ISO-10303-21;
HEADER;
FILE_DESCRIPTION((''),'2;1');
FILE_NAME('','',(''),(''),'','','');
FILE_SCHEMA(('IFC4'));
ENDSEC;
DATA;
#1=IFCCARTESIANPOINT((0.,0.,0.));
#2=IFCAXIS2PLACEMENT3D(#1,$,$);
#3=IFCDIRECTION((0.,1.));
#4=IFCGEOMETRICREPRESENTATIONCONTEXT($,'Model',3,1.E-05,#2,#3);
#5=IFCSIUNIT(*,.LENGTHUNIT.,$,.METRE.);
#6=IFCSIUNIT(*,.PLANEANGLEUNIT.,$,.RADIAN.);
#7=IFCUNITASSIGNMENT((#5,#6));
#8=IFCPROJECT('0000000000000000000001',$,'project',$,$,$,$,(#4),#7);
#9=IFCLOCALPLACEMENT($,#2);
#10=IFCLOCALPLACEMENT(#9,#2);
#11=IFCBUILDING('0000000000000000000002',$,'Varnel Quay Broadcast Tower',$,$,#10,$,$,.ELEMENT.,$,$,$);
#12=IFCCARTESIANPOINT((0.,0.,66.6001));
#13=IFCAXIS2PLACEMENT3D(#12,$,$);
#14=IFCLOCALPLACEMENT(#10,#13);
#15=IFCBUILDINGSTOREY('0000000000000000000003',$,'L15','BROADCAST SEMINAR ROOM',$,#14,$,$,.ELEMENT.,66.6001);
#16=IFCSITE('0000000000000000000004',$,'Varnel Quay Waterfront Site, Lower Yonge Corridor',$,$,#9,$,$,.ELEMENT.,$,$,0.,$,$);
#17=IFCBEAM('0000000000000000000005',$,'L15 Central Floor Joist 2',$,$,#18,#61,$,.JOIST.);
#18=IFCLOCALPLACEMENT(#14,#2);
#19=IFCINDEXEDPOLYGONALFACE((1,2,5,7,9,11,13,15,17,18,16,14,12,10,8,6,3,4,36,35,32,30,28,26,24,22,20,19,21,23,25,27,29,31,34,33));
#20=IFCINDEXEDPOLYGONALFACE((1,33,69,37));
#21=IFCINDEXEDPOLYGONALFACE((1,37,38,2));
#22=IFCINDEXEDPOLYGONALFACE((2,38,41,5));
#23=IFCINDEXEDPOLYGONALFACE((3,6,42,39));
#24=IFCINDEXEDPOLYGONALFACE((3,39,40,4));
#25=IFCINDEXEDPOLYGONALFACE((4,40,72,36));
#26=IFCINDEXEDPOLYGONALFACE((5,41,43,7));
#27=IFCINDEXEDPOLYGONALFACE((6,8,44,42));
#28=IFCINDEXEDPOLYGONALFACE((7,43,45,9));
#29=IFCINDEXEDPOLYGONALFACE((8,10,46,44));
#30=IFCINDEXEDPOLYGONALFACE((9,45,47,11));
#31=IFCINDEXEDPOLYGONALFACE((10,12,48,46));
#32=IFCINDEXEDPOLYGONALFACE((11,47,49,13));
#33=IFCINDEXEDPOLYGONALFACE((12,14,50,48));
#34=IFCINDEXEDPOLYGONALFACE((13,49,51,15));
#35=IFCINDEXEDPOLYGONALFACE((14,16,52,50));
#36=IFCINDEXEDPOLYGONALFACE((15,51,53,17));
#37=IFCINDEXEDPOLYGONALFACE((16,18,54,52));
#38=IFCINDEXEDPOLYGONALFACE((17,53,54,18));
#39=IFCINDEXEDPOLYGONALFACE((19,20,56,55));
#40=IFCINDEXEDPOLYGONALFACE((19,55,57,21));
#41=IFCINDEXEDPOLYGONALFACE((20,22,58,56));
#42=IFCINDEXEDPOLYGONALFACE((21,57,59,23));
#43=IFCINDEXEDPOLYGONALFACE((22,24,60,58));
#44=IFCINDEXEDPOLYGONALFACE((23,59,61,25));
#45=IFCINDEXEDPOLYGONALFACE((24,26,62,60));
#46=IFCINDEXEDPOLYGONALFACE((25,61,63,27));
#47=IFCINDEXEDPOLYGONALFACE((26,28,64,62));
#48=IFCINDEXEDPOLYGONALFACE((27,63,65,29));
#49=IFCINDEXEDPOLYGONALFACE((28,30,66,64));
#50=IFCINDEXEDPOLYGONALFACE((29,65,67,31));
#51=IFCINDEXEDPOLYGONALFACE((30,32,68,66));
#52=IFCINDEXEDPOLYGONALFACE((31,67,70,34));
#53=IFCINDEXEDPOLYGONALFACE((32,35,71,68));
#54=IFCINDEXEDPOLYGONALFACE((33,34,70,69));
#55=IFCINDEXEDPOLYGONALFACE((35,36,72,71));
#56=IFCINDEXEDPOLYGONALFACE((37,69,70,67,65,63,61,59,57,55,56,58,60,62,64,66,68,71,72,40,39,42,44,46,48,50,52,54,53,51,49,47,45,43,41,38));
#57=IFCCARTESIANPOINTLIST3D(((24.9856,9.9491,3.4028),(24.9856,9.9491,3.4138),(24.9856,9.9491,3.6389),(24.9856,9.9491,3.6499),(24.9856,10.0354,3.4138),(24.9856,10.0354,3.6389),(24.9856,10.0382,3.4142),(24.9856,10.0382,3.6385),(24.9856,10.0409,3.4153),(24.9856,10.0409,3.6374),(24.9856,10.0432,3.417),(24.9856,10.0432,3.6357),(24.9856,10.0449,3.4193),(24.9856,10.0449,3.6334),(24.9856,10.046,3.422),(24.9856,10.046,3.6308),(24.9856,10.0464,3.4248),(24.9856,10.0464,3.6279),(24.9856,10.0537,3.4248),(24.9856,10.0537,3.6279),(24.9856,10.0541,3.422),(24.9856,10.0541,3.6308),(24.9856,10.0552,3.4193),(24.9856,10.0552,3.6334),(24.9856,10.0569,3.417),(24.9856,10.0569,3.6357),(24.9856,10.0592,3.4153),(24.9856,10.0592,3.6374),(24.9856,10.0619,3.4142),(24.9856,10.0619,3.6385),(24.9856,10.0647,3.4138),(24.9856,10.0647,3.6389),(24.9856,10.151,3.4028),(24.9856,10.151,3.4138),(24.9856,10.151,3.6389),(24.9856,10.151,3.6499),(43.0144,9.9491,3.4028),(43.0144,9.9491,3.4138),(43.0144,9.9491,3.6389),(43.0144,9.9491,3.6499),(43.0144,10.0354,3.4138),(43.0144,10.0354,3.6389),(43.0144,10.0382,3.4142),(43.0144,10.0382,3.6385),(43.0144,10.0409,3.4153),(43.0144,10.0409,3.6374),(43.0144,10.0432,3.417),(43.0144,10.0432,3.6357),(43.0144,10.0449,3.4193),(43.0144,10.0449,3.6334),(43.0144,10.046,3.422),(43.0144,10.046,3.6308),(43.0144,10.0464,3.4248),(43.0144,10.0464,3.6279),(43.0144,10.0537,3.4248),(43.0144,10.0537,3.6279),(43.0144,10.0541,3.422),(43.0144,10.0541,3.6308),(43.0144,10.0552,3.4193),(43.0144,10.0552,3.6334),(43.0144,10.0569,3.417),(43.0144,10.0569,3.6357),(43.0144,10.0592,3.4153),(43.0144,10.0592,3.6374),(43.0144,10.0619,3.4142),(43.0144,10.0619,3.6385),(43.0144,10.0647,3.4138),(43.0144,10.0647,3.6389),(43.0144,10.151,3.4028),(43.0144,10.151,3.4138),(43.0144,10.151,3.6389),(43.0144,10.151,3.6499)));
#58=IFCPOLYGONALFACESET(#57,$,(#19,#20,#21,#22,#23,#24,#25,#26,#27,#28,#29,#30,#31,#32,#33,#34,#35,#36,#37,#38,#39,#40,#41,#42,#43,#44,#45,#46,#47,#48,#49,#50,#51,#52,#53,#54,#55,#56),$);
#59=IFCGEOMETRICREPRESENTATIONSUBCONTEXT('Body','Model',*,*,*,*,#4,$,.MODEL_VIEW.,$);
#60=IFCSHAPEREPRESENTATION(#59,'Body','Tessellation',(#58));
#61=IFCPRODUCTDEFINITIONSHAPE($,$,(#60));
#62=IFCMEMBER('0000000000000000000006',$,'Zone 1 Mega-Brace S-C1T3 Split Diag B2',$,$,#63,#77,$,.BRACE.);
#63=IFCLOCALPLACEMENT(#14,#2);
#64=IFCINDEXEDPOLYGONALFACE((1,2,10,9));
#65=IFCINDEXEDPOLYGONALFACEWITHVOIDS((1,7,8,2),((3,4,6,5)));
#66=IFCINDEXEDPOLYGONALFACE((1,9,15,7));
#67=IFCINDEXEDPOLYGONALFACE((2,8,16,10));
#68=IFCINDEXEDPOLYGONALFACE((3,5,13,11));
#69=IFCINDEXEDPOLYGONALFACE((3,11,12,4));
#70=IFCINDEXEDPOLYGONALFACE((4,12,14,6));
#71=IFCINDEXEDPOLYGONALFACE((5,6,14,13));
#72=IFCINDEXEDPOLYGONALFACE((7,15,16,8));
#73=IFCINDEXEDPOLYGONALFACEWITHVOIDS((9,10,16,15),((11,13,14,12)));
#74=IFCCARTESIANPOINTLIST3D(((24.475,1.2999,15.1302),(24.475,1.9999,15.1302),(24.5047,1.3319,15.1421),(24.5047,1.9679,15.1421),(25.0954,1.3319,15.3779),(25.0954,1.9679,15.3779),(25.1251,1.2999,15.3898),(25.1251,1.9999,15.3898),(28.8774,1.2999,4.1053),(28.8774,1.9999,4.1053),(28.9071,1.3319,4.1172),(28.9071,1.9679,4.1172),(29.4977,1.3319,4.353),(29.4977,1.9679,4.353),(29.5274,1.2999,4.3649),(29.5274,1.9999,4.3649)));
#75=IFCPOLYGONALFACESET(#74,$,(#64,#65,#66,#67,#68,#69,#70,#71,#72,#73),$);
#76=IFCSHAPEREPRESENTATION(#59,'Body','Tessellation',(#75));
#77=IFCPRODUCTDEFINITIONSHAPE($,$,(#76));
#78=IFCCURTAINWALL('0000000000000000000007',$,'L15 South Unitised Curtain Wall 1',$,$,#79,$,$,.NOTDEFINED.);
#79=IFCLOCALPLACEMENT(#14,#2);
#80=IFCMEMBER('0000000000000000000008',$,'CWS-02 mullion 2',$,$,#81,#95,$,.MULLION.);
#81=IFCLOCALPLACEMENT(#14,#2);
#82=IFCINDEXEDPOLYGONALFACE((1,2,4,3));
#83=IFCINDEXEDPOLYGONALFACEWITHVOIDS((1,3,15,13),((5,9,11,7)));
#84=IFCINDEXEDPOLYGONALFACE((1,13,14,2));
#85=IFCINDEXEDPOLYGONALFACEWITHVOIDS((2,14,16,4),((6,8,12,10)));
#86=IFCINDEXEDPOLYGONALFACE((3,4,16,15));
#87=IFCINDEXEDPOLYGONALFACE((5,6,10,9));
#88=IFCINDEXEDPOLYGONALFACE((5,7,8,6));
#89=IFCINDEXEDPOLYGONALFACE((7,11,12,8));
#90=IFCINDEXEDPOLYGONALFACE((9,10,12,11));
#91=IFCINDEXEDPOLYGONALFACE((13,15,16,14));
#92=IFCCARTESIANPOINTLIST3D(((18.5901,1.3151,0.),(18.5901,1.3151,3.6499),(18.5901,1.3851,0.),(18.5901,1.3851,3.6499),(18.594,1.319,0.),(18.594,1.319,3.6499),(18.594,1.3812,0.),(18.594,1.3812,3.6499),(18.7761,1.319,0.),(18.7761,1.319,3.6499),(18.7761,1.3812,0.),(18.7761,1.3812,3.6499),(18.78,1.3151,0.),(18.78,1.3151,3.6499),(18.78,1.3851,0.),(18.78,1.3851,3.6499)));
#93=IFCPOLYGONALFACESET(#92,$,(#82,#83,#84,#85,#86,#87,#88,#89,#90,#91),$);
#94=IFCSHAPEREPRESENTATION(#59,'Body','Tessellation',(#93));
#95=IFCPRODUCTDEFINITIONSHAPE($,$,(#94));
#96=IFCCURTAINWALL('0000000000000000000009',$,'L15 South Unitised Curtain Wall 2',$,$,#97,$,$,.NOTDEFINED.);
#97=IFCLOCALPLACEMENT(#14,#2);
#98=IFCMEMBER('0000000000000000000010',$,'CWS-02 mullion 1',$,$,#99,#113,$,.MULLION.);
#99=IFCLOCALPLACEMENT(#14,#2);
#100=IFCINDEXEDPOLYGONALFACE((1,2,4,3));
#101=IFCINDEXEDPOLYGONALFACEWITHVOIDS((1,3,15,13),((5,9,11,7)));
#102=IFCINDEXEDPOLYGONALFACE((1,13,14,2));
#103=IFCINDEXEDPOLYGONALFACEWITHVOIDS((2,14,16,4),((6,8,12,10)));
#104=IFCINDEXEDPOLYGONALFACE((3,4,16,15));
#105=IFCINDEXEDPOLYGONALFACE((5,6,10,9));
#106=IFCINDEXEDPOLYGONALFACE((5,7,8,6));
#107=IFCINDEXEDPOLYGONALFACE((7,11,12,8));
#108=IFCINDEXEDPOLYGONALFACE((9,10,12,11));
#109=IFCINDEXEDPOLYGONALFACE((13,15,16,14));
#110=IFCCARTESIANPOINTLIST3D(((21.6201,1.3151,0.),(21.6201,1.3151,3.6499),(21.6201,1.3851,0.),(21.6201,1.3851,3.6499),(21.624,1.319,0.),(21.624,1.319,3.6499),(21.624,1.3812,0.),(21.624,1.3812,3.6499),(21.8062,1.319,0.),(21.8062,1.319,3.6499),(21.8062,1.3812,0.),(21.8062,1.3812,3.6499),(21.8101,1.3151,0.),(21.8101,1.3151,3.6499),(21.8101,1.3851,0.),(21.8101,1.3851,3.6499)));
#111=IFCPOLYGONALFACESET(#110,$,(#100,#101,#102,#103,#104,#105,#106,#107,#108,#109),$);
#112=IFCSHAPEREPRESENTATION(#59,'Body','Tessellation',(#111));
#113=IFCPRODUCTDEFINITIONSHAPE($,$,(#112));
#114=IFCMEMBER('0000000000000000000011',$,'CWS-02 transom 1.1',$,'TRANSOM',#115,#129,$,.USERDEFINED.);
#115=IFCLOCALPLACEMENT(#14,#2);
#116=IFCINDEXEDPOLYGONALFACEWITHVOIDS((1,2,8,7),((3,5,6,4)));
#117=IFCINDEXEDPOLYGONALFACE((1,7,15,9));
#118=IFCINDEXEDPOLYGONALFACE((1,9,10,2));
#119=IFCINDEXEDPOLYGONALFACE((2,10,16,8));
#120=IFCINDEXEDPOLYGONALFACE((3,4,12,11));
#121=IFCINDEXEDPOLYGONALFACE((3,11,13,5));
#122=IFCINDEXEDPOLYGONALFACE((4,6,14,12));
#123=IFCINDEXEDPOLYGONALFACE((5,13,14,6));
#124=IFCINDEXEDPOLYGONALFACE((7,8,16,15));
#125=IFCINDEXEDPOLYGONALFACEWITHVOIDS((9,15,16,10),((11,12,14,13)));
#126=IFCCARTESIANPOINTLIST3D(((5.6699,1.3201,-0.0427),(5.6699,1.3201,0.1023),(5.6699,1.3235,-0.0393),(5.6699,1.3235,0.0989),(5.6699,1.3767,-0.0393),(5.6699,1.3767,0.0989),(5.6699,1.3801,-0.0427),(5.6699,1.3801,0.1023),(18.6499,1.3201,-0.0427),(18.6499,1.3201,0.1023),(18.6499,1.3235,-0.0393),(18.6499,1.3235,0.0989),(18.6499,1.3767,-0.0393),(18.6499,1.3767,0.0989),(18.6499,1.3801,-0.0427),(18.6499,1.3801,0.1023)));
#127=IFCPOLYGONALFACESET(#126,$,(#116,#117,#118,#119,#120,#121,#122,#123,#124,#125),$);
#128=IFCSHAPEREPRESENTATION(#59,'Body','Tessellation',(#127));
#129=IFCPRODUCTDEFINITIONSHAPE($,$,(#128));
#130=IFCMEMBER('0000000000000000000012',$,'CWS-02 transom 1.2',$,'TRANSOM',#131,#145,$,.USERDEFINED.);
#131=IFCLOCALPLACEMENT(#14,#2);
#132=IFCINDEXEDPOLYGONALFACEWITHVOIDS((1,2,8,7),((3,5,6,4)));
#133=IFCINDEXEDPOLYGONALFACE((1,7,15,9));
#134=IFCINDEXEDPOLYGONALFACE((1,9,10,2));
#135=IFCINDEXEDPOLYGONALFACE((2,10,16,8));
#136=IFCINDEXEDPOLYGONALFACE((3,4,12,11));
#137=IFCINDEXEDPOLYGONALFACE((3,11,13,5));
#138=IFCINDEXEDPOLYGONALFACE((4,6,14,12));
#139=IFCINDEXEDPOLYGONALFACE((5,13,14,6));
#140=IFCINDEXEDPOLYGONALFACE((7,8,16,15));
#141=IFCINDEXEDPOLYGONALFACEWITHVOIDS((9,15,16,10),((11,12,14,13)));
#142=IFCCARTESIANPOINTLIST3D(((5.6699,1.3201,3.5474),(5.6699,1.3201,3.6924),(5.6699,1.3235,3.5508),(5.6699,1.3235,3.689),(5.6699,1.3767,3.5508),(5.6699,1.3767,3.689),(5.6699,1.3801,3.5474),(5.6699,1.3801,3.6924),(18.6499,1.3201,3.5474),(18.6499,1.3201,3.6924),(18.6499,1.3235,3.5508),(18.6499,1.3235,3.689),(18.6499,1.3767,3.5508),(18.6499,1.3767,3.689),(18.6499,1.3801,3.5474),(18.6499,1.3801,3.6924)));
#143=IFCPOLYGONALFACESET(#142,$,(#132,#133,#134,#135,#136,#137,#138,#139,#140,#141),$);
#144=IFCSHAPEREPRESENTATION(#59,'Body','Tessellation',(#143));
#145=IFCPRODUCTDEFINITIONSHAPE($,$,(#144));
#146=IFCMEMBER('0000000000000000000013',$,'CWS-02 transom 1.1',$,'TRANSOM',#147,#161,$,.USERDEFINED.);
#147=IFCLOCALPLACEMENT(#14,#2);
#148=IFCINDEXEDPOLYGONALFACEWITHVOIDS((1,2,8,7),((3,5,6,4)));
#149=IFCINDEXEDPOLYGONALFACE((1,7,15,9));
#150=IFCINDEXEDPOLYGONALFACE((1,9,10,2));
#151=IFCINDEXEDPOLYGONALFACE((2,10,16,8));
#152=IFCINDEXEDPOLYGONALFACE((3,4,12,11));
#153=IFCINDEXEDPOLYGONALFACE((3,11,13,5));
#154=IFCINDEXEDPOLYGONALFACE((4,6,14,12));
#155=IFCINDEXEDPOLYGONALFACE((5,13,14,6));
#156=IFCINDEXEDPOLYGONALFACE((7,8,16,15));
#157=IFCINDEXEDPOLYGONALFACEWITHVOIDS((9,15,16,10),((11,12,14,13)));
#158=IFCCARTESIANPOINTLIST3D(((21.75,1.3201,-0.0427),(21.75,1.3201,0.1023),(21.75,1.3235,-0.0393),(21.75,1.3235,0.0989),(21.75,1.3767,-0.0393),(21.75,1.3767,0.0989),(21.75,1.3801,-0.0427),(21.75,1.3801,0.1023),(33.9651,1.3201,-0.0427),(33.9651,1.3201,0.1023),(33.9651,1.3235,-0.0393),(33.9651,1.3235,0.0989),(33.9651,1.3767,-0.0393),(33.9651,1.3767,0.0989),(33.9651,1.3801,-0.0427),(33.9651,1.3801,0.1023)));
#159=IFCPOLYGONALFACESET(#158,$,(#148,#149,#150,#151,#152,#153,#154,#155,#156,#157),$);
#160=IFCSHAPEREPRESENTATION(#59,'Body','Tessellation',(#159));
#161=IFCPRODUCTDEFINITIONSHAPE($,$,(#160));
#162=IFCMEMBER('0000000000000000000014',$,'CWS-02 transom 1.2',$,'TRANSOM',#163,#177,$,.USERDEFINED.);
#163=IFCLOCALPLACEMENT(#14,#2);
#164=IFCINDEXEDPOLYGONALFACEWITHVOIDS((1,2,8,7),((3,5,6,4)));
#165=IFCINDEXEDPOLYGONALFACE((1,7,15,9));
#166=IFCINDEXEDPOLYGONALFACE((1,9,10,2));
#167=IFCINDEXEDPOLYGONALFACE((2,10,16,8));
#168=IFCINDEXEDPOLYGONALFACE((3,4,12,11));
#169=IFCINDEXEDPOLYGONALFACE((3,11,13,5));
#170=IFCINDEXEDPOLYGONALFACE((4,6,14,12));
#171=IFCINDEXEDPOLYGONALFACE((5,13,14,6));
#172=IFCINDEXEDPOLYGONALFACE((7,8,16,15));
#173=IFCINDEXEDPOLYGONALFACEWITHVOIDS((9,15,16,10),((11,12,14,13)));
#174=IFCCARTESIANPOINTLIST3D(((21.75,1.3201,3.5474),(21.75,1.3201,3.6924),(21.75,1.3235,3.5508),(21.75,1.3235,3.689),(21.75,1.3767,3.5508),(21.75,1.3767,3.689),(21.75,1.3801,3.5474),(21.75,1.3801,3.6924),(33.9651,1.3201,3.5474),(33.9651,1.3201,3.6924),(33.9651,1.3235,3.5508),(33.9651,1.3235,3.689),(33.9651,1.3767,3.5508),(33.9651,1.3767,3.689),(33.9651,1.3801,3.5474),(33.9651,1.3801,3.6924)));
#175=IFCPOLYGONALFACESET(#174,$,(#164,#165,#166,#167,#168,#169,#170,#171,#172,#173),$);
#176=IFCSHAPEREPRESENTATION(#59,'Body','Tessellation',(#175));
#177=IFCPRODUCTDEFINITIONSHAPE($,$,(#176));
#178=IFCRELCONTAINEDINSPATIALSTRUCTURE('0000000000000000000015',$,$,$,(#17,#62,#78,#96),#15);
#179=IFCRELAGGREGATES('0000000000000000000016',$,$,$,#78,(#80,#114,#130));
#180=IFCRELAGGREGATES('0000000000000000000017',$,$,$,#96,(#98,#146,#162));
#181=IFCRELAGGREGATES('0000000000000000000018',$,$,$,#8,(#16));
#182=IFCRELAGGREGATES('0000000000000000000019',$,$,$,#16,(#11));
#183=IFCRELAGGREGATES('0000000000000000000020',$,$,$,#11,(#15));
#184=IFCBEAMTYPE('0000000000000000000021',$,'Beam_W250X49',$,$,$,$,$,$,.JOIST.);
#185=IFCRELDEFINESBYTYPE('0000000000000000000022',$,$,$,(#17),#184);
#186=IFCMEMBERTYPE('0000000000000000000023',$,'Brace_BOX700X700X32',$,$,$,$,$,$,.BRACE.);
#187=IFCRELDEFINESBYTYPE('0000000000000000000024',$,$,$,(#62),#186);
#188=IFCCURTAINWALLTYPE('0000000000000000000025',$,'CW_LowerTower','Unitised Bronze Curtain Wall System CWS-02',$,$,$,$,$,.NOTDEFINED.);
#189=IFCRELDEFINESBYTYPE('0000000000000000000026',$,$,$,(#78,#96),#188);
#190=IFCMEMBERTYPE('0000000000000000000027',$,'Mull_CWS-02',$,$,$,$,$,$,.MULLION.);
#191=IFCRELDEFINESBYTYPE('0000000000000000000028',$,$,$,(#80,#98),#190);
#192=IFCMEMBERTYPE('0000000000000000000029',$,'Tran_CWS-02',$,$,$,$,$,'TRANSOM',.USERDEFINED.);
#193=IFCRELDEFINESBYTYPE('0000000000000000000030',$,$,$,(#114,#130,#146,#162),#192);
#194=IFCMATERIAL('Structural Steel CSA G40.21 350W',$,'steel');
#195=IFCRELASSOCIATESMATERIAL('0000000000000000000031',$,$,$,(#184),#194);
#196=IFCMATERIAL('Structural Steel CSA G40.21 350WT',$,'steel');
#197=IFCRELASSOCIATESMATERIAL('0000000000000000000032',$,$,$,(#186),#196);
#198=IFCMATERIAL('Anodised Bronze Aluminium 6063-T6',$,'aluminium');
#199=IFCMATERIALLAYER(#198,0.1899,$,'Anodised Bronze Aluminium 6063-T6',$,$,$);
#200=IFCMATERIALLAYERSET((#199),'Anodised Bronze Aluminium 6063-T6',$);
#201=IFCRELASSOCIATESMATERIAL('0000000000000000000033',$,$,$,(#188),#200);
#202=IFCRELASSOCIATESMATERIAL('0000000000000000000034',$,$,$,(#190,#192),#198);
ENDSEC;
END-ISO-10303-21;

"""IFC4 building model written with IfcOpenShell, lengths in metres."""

from ifc_helpers import new_model, si_unit, direction, frame, origin, origin_2d, place, context, subcontext, project, spatial, hollow_rectangle, i_section, extrude, source, transform, mapped, material, layer, layer_set, material_profile, profile_set, type_object, type_shapes, element, aggregate, save


model = new_model("IFC4")

# Units and contexts
model_context = context("Model", 3, precision=1e-05, world=origin(), true_north=direction((0.0, 1.0)))
body_context = subcontext(model_context, "Body", "Model", "MODEL_VIEW")
ifc_project = project(units=[si_unit("LENGTHUNIT", "METRE"), si_unit("PLANEANGLEUNIT", "RADIAN")], contexts=[model_context])

# Site, building, storey
site_placement = place(None, origin())
site = spatial("IfcSite", under=ifc_project, at=site_placement, Name="Varnel Quay Waterfront Site, Lower Yonge Corridor", CompositionType="ELEMENT", RefElevation=0.0)
building_placement = place(site_placement, origin())
building = spatial("IfcBuilding", under=site, at=building_placement, Name="Varnel Quay Broadcast Tower", CompositionType="ELEMENT")
storey_placement = place(building_placement, frame((0.0, 0.0, 66.6001)))
storey = spatial("IfcBuildingStorey", under=building, at=storey_placement, Name="L15", Description="BROADCAST SEMINAR ROOM", CompositionType="ELEMENT", Elevation=66.6001)

# Shared definitions
ifc_material_1 = material(Name="Structural Steel CSA G40.21 350W", Category="steel")

# Beam
ifc_material_profile_1 = material_profile(ifc_material_1, i_section(OverallWidth=0.2019, OverallDepth=0.2471, WebThickness=0.0073, FlangeThickness=0.011, FilletRadius=0.011, at=origin_2d()), Name="W250X49")
ifc_profile_set_1 = profile_set([ifc_material_profile_1], Name="Structural Steel CSA G40.21 350W")
beam_type_1 = type_object("IfcBeamType", Name="Beam_W250X49", PredefinedType="JOIST", material=ifc_profile_set_1)
shared_shape_1 = source(origin(), body_context, "Body", "SweptSolid", [
    extrude(i_section(OverallWidth=0.2019, OverallDepth=0.2471, WebThickness=0.0073, FlangeThickness=0.011, FilletRadius=0.011, at=origin_2d()), origin(), (0.0, 0.0, 1.0), 18.0288),
])
type_shapes(beam_type_1, [shared_shape_1])
beam_1_placement = place(storey_placement, frame((24.9856, 10.05, 3.5264), z_axis=(1.0, 0.0, 0.0), x_axis=(0.0, 1.0, 0.0)))
element("IfcBeam", 1, at=beam_1_placement, inside=storey, type_object=beam_type_1, Name="L15 Central Floor Joist 2", PredefinedType="JOIST", context=body_context, shape_type="MappedRepresentation", body=[
    mapped(shared_shape_1, transform((0.0, 0.0, 0.0), x_axis=(1.0, 0.0, 0.0), y_axis=(0.0, 1.0, 0.0), z_axis=(0.0, 0.0, 1.0), scale=1.0)),
])

# Member
ifc_material_2 = material(Name="Structural Steel CSA G40.21 350WT", Category="steel")
ifc_material_profile_2 = material_profile(ifc_material_2, hollow_rectangle(XDim=0.7, YDim=0.7, WallThickness=0.032, at=origin_2d()), Name="BOX700X700X32")
ifc_profile_set_2 = profile_set([ifc_material_profile_2], Name="Structural Steel CSA G40.21 350WT")
member_type_1 = type_object("IfcMemberType", Name="Brace_BOX700X700X32", PredefinedType="BRACE", material=ifc_profile_set_2)
shared_shape_2 = source(origin(), body_context, "Body", "SweptSolid", [
    extrude(hollow_rectangle(XDim=0.7, YDim=0.7, WallThickness=0.032, at=origin_2d()), origin(), (0.0, 0.0, 1.0), 11.8713),
])
type_shapes(member_type_1, [shared_shape_2])
member_1_placement = place(storey_placement, frame((29.2024, 1.6499, 4.2351), z_axis=(-0.370837, 0.0, 0.928698), x_axis=(0.0, -1.0, 0.0)))
element("IfcMember", 2, at=member_1_placement, inside=storey, type_object=member_type_1, Name="Zone 1 Mega-Brace S-C1T3 Split Diag B2", PredefinedType="BRACE", context=body_context, shape_type="MappedRepresentation", body=[
    mapped(shared_shape_2, transform((0.0, 0.0, 0.0), x_axis=(1.0, 0.0, 0.0), y_axis=(0.0, 1.0, 0.0), z_axis=(0.0, 0.0, 1.0), scale=1.0)),
])

# Curtain walls, members
ifc_material_3 = material(Name="Anodised Bronze Aluminium 6063-T6", Category="aluminium")
ifc_layer_1 = layer(ifc_material_3, 0.1899, Name="Anodised Bronze Aluminium 6063-T6")
ifc_layer_set_1 = layer_set([ifc_layer_1], Name="Anodised Bronze Aluminium 6063-T6")
curtain_wall_type_1 = type_object("IfcCurtainWallType", Name="CW_LowerTower", Description="Unitised Bronze Curtain Wall System CWS-02", PredefinedType="NOTDEFINED", material=ifc_layer_set_1)
curtain_wall_1_placement = place(storey_placement, origin())
curtain_wall_1 = element("IfcCurtainWall", 3, at=curtain_wall_1_placement, inside=storey, type_object=curtain_wall_type_1, Name="L15 South Unitised Curtain Wall 1", PredefinedType="NOTDEFINED")
ifc_material_profile_3 = material_profile(ifc_material_3, hollow_rectangle(XDim=0.0701, YDim=0.1899, WallThickness=0.0039, at=origin_2d()), Name="ALU70X190X4")
ifc_profile_set_3 = profile_set([ifc_material_profile_3], Name="Anodised Bronze Aluminium 6063-T6")
member_type_2 = type_object("IfcMemberType", Name="Mull_CWS-02", PredefinedType="MULLION", material=ifc_profile_set_3)
shared_shape_3 = source(origin(), body_context, "Body", "SweptSolid", [
    extrude(hollow_rectangle(XDim=0.0701, YDim=0.1899, WallThickness=0.0039, at=origin_2d()), origin(), (0.0, 0.0, 1.0), 3.6499),
])
type_shapes(member_type_2, [shared_shape_3])
member_2_placement = place(storey_placement, frame((18.6851, 1.3501, 0.0), z_axis=(0.0, 0.0, 1.0), x_axis=(0.0, 1.0, 0.0)))
member_2 = element("IfcMember", 4, at=member_2_placement, type_object=member_type_2, Name="CWS-02 mullion 2", PredefinedType="MULLION", context=body_context, shape_type="MappedRepresentation", body=[
    mapped(shared_shape_3, transform((0.0, 0.0, 0.0), x_axis=(1.0, 0.0, 0.0), y_axis=(0.0, 1.0, 0.0), z_axis=(0.0, 0.0, 1.0), scale=1.0)),
])
curtain_wall_2_placement = place(storey_placement, origin())
curtain_wall_2 = element("IfcCurtainWall", 5, at=curtain_wall_2_placement, inside=storey, type_object=curtain_wall_type_1, Name="L15 South Unitised Curtain Wall 2", PredefinedType="NOTDEFINED")
member_3_placement = place(storey_placement, frame((21.7151, 1.3501, 0.0), z_axis=(0.0, 0.0, 1.0), x_axis=(0.0, 1.0, 0.0)))
member_3 = element("IfcMember", 6, at=member_3_placement, type_object=member_type_2, Name="CWS-02 mullion 1", PredefinedType="MULLION", context=body_context, shape_type="MappedRepresentation", body=[
    mapped(shared_shape_3, transform((0.0, 0.0, 0.0), x_axis=(1.0, 0.0, 0.0), y_axis=(0.0, 1.0, 0.0), z_axis=(0.0, 0.0, 1.0), scale=1.0)),
])

# Members
ifc_material_profile_4 = material_profile(ifc_material_3, hollow_rectangle(XDim=0.0601, YDim=0.145, WallThickness=0.0034, at=origin_2d()), Name="ALU60X145X3.5")
ifc_profile_set_4 = profile_set([ifc_material_profile_4], Name="Anodised Bronze Aluminium 6063-T6")
member_type_3 = type_object("IfcMemberType", Name="Tran_CWS-02", ElementType="TRANSOM", PredefinedType="USERDEFINED", material=ifc_profile_set_4)
shared_shape_4 = source(origin(), body_context, "Body", "SweptSolid", [
    extrude(hollow_rectangle(XDim=0.0601, YDim=0.145, WallThickness=0.0034, at=origin_2d()), origin(), (0.0, 0.0, 1.0), 12.98),
])
member_4_placement = place(storey_placement, frame((5.6699, 1.3501, 0.0298), z_axis=(1.0, 0.0, 0.0), x_axis=(0.0, 1.0, 0.0)))
member_4 = element("IfcMember", 7, at=member_4_placement, type_object=member_type_3, Name="CWS-02 transom 1.1", ObjectType="TRANSOM", PredefinedType="USERDEFINED", context=body_context, shape_type="MappedRepresentation", body=[
    mapped(shared_shape_4, transform((0.0, 0.0, 0.0), x_axis=(1.0, 0.0, 0.0), y_axis=(0.0, 1.0, 0.0), z_axis=(0.0, 0.0, 1.0), scale=1.0)),
])
member_5_placement = place(storey_placement, frame((5.6699, 1.3501, 3.6199), z_axis=(1.0, 0.0, 0.0), x_axis=(0.0, 1.0, 0.0)))
member_5 = element("IfcMember", 8, at=member_5_placement, type_object=member_type_3, Name="CWS-02 transom 1.2", ObjectType="TRANSOM", PredefinedType="USERDEFINED", context=body_context, shape_type="MappedRepresentation", body=[
    mapped(shared_shape_4, transform((0.0, 0.0, 0.0), x_axis=(1.0, 0.0, 0.0), y_axis=(0.0, 1.0, 0.0), z_axis=(0.0, 0.0, 1.0), scale=1.0)),
])
shared_shape_5 = source(origin(), body_context, "Body", "SweptSolid", [
    extrude(hollow_rectangle(XDim=0.0601, YDim=0.145, WallThickness=0.0034, at=origin_2d()), origin(), (0.0, 0.0, 1.0), 12.2151),
])
type_shapes(member_type_3, [shared_shape_4, shared_shape_5])
member_6_placement = place(storey_placement, frame((21.75, 1.3501, 0.0298), z_axis=(1.0, 0.0, 0.0), x_axis=(0.0, 1.0, 0.0)))
member_6 = element("IfcMember", 9, at=member_6_placement, type_object=member_type_3, Name="CWS-02 transom 1.1", ObjectType="TRANSOM", PredefinedType="USERDEFINED", context=body_context, shape_type="MappedRepresentation", body=[
    mapped(shared_shape_5, transform((0.0, 0.0, 0.0), x_axis=(1.0, 0.0, 0.0), y_axis=(0.0, 1.0, 0.0), z_axis=(0.0, 0.0, 1.0), scale=1.0)),
])
member_7_placement = place(storey_placement, frame((21.75, 1.3501, 3.6199), z_axis=(1.0, 0.0, 0.0), x_axis=(0.0, 1.0, 0.0)))
member_7 = element("IfcMember", 10, at=member_7_placement, type_object=member_type_3, Name="CWS-02 transom 1.2", ObjectType="TRANSOM", PredefinedType="USERDEFINED", context=body_context, shape_type="MappedRepresentation", body=[
    mapped(shared_shape_5, transform((0.0, 0.0, 0.0), x_axis=(1.0, 0.0, 0.0), y_axis=(0.0, 1.0, 0.0), z_axis=(0.0, 0.0, 1.0), scale=1.0)),
])

aggregate(curtain_wall_1, [member_2, member_4, member_5])
aggregate(curtain_wall_2, [member_3, member_6, member_7])

save(model, "model.ifc")
